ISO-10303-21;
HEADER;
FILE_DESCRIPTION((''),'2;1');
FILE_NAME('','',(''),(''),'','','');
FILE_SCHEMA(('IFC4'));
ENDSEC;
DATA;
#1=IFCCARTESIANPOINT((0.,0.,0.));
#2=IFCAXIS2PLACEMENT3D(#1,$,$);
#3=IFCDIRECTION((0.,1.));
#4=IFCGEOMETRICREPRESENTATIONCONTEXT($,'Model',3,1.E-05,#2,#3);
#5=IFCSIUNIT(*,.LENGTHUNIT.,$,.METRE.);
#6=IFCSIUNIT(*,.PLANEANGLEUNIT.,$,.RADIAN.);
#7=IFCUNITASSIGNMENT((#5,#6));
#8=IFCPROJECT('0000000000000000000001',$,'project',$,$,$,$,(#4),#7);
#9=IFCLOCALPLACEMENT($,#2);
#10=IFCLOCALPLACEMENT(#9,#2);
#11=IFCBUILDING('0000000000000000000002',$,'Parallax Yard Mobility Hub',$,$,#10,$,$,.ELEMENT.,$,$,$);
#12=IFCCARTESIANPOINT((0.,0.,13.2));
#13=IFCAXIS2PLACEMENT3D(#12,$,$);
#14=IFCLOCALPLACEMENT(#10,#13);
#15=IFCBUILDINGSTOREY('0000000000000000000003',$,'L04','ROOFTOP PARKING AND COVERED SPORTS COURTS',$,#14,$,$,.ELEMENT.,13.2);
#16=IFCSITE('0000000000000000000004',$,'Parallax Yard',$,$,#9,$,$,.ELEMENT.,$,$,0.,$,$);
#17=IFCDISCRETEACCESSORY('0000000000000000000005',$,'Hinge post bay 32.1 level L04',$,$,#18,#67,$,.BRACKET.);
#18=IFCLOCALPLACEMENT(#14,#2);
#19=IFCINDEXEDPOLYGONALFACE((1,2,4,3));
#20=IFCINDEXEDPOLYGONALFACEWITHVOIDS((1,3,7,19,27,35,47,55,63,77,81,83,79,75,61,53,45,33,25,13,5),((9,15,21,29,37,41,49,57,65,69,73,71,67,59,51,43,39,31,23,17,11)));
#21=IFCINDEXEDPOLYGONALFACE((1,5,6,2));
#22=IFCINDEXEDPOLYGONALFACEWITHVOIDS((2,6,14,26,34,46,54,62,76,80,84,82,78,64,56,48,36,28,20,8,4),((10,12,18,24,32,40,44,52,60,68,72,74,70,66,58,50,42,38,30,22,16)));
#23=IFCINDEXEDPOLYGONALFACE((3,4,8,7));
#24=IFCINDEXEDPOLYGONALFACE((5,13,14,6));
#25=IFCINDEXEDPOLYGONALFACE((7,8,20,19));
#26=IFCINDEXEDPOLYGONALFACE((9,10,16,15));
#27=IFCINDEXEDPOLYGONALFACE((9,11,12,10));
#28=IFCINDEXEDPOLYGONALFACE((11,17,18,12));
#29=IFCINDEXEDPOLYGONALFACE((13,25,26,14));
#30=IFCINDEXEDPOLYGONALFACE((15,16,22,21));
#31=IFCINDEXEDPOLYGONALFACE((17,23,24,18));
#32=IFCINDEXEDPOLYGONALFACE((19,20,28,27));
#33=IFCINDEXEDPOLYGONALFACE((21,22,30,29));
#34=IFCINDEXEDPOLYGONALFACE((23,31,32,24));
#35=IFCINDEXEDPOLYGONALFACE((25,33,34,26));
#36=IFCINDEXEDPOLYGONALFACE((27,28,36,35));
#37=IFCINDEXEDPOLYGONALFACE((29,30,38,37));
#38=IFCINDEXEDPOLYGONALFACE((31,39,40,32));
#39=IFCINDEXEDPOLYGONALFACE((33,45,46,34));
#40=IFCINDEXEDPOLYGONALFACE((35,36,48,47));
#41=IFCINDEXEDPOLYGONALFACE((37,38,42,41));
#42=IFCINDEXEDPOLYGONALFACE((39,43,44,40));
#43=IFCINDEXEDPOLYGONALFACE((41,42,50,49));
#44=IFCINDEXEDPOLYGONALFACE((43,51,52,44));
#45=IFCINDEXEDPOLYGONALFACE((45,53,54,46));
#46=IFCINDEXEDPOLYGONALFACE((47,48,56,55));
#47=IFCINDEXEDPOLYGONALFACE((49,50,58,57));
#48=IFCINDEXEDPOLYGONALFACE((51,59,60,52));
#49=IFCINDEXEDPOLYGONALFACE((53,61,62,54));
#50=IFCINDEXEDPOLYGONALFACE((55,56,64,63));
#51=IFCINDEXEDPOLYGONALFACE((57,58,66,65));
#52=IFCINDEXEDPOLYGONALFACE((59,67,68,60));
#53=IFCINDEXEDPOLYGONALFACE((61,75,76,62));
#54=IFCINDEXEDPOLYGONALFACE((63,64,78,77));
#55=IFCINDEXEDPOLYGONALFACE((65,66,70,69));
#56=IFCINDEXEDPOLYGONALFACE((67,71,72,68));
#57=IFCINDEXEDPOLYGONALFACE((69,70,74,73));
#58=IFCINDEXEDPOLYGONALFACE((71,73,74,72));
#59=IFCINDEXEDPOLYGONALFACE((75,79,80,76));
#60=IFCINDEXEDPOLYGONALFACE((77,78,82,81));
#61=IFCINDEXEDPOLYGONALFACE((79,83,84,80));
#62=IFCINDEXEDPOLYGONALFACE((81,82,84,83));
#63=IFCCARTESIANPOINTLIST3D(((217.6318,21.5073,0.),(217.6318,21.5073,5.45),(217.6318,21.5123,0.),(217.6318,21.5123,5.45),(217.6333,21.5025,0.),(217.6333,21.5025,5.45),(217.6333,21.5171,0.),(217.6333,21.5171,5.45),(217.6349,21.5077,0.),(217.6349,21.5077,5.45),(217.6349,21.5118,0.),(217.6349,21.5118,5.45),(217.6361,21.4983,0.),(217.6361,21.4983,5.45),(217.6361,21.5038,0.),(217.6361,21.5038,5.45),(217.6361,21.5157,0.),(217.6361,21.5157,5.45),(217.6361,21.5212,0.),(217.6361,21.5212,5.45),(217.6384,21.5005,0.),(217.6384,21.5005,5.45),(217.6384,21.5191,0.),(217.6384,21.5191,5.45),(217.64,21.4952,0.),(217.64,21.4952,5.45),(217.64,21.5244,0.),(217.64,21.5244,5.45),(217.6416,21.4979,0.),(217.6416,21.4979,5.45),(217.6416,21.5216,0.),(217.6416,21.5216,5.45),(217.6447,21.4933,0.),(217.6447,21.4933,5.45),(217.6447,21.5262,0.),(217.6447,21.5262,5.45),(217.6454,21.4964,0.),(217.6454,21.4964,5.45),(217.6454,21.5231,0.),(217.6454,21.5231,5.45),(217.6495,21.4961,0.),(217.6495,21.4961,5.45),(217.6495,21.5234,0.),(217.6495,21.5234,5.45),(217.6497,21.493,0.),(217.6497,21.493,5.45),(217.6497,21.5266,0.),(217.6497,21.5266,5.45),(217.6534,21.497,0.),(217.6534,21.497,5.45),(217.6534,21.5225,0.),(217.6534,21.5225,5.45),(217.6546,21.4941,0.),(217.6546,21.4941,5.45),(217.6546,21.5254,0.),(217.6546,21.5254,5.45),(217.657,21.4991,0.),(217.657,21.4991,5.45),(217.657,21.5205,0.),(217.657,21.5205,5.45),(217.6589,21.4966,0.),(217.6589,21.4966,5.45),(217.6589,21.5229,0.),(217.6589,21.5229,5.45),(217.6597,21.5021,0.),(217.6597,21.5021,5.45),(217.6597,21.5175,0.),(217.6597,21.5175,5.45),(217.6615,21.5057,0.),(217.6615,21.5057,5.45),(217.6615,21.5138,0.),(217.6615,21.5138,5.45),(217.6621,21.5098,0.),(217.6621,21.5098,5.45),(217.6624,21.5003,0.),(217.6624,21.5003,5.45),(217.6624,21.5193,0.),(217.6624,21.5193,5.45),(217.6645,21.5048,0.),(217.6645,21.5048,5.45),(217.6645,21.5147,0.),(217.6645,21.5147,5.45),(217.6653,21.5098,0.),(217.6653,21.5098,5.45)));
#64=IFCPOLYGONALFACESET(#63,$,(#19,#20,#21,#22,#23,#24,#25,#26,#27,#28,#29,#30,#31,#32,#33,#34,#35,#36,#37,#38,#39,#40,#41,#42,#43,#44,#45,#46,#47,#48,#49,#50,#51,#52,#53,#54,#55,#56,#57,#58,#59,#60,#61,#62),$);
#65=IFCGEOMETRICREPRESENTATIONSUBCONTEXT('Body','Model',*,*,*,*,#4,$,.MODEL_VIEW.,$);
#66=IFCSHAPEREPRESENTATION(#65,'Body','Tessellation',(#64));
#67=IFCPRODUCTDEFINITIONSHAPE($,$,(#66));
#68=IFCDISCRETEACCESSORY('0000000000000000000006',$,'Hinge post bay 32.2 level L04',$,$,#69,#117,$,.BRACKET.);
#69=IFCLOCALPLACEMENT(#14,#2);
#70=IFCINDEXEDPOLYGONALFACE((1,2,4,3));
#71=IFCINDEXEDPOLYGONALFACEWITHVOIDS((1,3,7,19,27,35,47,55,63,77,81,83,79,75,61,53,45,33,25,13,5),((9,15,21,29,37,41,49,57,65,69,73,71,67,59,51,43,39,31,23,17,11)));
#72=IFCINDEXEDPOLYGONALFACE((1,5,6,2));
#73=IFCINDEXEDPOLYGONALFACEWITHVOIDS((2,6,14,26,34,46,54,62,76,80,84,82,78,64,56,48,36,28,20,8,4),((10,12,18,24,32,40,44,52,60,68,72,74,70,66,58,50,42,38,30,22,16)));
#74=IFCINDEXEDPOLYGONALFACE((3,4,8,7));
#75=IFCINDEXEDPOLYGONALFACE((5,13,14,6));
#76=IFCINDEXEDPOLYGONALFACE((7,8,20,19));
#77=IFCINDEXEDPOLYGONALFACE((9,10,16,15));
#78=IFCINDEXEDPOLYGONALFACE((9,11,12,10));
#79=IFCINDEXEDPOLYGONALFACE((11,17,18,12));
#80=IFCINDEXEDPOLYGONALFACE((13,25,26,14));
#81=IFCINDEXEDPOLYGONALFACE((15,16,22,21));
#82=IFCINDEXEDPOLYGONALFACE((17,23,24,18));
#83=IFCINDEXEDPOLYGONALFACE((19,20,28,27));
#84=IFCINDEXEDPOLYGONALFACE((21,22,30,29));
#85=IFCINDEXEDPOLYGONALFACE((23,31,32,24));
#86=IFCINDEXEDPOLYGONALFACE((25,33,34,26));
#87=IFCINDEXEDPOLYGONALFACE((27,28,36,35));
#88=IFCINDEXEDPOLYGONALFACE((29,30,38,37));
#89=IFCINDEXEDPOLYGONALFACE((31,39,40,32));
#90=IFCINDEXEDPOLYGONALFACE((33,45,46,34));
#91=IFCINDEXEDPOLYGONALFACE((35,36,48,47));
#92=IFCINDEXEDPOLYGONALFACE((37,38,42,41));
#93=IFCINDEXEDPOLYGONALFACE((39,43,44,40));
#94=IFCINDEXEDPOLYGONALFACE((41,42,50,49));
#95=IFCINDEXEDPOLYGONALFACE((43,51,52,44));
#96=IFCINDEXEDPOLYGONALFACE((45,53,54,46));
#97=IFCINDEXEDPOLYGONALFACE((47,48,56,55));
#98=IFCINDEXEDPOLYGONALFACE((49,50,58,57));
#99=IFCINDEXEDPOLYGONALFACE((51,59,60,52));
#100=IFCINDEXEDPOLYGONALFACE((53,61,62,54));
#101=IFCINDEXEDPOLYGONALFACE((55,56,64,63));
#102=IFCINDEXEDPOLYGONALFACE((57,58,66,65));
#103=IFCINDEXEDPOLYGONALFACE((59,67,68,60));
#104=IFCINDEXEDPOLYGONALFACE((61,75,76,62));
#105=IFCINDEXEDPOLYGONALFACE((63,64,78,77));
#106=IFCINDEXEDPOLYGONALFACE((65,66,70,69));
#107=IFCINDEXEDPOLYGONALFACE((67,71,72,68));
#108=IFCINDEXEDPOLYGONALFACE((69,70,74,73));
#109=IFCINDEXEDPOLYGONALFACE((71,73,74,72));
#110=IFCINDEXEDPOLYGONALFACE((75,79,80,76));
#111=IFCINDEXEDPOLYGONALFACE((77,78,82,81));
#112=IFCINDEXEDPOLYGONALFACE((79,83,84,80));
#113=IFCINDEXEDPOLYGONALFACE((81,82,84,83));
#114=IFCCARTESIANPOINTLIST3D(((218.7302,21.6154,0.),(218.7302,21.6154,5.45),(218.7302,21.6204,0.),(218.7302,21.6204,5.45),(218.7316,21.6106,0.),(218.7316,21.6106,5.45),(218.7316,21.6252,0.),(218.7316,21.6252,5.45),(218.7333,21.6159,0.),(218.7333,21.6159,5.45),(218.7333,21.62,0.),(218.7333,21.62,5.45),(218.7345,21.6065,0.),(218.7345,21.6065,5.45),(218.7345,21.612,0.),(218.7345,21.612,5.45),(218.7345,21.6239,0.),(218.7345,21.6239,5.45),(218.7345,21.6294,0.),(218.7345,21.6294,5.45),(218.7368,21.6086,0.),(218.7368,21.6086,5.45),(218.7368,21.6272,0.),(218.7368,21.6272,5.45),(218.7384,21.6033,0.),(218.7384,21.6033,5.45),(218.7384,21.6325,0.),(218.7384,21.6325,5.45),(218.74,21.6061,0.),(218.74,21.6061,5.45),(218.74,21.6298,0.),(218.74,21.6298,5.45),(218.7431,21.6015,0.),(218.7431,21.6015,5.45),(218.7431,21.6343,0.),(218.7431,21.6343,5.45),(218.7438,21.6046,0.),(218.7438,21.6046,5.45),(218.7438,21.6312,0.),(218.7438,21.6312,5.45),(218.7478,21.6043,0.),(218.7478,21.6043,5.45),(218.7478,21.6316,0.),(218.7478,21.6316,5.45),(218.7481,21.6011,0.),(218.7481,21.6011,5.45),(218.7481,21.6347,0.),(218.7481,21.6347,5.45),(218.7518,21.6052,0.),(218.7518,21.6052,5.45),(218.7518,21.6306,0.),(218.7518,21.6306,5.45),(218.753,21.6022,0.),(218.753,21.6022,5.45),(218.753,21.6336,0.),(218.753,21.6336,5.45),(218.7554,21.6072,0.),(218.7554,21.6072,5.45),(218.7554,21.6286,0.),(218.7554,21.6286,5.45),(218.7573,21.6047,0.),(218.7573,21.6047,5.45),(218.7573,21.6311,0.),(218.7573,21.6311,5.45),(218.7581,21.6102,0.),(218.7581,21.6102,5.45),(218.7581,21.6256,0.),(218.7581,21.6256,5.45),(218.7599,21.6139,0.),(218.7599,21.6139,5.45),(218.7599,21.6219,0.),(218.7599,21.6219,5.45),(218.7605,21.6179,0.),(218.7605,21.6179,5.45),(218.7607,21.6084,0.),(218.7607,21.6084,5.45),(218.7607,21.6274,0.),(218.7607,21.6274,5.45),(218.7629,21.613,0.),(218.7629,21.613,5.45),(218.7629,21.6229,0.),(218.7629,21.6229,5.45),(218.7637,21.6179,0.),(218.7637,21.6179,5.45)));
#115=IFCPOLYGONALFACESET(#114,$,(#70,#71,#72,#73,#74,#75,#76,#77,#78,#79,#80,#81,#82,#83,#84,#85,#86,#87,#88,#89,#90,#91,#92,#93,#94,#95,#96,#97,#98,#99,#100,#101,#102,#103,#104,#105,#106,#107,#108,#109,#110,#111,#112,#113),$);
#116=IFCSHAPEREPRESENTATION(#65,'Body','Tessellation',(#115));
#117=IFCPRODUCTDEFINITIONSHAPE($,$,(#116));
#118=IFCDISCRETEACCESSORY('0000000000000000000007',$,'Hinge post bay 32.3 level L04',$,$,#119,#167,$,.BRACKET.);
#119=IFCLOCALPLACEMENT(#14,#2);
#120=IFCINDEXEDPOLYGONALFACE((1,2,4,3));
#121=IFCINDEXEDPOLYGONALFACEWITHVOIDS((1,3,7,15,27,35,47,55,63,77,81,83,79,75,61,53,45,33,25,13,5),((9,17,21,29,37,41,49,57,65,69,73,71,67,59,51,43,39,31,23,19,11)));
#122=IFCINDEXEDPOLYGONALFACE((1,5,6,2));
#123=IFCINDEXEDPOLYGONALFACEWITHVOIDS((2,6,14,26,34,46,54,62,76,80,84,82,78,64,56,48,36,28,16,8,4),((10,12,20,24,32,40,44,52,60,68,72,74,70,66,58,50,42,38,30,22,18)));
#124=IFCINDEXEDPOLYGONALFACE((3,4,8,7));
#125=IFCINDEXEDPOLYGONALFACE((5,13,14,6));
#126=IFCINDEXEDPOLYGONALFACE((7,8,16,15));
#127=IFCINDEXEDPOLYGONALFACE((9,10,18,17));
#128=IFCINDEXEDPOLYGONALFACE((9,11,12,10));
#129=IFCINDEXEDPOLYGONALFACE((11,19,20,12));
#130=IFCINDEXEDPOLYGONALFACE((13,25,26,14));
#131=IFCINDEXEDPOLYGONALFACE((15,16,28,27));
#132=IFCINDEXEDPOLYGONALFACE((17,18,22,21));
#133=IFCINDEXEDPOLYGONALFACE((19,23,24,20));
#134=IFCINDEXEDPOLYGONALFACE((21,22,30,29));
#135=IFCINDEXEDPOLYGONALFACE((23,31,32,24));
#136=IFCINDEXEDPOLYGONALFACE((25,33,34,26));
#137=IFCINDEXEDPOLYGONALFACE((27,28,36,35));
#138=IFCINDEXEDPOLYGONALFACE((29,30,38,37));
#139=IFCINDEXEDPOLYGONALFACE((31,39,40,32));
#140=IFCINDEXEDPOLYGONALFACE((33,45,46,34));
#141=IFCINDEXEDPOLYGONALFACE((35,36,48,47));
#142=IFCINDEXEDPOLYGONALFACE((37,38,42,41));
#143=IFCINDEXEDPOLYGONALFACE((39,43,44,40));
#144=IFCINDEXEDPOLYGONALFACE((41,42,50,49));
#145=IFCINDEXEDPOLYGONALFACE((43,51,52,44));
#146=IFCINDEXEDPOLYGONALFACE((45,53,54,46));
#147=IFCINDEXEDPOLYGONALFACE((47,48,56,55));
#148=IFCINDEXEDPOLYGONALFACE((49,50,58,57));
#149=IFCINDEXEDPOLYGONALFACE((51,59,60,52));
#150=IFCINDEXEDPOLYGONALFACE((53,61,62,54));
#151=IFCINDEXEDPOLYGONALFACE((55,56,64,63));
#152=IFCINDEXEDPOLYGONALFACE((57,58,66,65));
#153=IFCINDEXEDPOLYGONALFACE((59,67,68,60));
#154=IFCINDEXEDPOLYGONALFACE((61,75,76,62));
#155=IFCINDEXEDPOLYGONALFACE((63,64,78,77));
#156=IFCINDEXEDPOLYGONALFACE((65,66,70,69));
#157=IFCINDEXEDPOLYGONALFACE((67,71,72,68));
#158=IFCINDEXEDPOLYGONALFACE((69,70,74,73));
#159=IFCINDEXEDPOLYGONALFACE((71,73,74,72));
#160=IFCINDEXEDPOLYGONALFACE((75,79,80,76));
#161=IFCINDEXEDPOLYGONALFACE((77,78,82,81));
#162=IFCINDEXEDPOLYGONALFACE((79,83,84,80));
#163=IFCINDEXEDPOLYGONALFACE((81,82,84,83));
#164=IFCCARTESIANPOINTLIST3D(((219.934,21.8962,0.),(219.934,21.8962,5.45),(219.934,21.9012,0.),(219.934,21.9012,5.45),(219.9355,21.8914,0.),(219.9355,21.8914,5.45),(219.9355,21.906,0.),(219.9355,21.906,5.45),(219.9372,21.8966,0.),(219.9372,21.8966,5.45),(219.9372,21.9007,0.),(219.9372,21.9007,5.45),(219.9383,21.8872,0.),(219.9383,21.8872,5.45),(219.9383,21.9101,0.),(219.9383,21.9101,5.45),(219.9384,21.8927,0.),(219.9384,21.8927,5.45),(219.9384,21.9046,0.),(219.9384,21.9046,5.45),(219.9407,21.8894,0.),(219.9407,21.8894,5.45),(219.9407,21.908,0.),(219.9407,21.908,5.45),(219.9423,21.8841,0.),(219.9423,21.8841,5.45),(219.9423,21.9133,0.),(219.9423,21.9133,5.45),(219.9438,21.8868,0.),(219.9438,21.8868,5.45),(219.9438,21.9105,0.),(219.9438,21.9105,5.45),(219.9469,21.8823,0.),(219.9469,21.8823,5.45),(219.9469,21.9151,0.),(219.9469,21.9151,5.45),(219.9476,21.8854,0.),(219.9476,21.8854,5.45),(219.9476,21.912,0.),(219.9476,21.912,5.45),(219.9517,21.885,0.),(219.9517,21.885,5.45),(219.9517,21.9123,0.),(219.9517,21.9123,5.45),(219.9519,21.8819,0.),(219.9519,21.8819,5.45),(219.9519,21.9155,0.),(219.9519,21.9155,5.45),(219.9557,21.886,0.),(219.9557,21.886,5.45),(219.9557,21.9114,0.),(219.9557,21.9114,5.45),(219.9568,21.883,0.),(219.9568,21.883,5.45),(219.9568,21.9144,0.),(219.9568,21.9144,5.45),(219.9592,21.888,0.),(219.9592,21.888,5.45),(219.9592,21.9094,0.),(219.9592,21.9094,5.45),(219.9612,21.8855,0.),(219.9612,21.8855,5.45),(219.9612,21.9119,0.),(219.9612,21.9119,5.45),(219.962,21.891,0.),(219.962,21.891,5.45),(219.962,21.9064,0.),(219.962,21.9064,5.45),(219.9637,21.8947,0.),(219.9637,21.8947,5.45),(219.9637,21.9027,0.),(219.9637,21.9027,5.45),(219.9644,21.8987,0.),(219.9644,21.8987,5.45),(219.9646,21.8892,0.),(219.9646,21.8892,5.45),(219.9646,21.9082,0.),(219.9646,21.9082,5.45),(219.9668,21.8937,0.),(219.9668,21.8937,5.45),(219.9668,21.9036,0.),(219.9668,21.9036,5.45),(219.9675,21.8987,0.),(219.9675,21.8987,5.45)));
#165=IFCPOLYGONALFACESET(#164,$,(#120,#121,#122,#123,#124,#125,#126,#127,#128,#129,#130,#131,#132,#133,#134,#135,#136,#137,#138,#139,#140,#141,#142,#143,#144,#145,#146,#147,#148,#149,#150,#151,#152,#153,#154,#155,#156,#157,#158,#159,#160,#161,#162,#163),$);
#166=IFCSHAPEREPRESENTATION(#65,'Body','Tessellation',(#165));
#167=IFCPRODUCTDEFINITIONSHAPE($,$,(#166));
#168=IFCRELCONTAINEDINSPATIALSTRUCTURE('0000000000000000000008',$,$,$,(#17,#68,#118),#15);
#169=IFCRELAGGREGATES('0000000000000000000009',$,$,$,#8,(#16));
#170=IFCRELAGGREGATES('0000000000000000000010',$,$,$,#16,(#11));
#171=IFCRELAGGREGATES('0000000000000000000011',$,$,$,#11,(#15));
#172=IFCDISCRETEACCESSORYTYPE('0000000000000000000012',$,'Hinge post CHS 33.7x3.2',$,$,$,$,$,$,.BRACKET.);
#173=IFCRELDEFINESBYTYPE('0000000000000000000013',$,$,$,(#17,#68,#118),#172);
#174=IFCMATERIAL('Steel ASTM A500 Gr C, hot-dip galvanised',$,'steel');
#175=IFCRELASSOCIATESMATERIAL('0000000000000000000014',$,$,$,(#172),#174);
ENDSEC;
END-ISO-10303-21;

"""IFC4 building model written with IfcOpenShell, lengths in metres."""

from ifc_helpers import new_model, si_unit, direction, frame, origin, origin_2d, place, context, subcontext, project, spatial, hollow_circle, extrude, material, material_profile, profile_set, type_object, element, save


model = new_model("IFC4")

# Units and contexts
model_context = context("Model", 3, precision=1e-05, world=origin(), true_north=direction((0.0, 1.0)))
body_context = subcontext(model_context, "Body", "Model", "MODEL_VIEW")
ifc_project = project(units=[si_unit("LENGTHUNIT", "METRE"), si_unit("PLANEANGLEUNIT", "RADIAN")], contexts=[model_context])

# Site, building, storey
site_placement = place(None, origin())
site = spatial("IfcSite", under=ifc_project, at=site_placement, Name="Parallax Yard", CompositionType="ELEMENT", RefElevation=0.0)
building_placement = place(site_placement, origin())
building = spatial("IfcBuilding", under=site, at=building_placement, Name="Parallax Yard Mobility Hub", CompositionType="ELEMENT")
storey_placement = place(building_placement, frame((0.0, 0.0, 13.2)))
storey = spatial("IfcBuildingStorey", under=building, at=storey_placement, Name="L04", Description="ROOFTOP PARKING AND COVERED SPORTS COURTS", CompositionType="ELEMENT", Elevation=13.2)

# Discrete accessories
ifc_material_1 = material(Name="Steel ASTM A500 Gr C, hot-dip galvanised", Category="steel")
ifc_material_profile = material_profile(ifc_material_1, hollow_circle(Radius=0.0168, WallThickness=0.0032, at=origin_2d()), Name="CHS 33.7x3.2")
ifc_profile_set = profile_set([ifc_material_profile], Name="Steel ASTM A500 Gr C, hot-dip galvanised")
discrete_accessory_type_1 = type_object("IfcDiscreteAccessoryType", Name="Hinge post CHS 33.7x3.2", PredefinedType="BRACKET", material=ifc_profile_set)
for number, where, z_axis, x_axis, name in (
    (1, (217.6484, 21.5098, 0.0), (0.0, 0.0, 1.0), (1.0, 0.0, 0.0), "Hinge post bay 32.1 level L04"),
    (2, (218.7468, 21.6179, 0.0), (0.0, 0.0, 1.0), (1.0, 0.0, 0.0), "Hinge post bay 32.2 level L04"),
    (3, (219.9507, 21.8987, 0.0), (0.0, 0.0, 1.0), (1.0, 0.0, 0.0), "Hinge post bay 32.3 level L04"),
):
    element("IfcDiscreteAccessory", number, at=place(storey_placement, frame(where, z_axis=z_axis, x_axis=x_axis)), inside=storey, type_object=discrete_accessory_type_1, Name=name, PredefinedType="BRACKET", context=body_context, shape_type="SweptSolid", body=[
        extrude(hollow_circle(Radius=0.0168, WallThickness=0.0032, at=origin_2d()), origin(), (0.0, 0.0, 1.0), 5.45),
    ])

save(model, "model.ifc")
